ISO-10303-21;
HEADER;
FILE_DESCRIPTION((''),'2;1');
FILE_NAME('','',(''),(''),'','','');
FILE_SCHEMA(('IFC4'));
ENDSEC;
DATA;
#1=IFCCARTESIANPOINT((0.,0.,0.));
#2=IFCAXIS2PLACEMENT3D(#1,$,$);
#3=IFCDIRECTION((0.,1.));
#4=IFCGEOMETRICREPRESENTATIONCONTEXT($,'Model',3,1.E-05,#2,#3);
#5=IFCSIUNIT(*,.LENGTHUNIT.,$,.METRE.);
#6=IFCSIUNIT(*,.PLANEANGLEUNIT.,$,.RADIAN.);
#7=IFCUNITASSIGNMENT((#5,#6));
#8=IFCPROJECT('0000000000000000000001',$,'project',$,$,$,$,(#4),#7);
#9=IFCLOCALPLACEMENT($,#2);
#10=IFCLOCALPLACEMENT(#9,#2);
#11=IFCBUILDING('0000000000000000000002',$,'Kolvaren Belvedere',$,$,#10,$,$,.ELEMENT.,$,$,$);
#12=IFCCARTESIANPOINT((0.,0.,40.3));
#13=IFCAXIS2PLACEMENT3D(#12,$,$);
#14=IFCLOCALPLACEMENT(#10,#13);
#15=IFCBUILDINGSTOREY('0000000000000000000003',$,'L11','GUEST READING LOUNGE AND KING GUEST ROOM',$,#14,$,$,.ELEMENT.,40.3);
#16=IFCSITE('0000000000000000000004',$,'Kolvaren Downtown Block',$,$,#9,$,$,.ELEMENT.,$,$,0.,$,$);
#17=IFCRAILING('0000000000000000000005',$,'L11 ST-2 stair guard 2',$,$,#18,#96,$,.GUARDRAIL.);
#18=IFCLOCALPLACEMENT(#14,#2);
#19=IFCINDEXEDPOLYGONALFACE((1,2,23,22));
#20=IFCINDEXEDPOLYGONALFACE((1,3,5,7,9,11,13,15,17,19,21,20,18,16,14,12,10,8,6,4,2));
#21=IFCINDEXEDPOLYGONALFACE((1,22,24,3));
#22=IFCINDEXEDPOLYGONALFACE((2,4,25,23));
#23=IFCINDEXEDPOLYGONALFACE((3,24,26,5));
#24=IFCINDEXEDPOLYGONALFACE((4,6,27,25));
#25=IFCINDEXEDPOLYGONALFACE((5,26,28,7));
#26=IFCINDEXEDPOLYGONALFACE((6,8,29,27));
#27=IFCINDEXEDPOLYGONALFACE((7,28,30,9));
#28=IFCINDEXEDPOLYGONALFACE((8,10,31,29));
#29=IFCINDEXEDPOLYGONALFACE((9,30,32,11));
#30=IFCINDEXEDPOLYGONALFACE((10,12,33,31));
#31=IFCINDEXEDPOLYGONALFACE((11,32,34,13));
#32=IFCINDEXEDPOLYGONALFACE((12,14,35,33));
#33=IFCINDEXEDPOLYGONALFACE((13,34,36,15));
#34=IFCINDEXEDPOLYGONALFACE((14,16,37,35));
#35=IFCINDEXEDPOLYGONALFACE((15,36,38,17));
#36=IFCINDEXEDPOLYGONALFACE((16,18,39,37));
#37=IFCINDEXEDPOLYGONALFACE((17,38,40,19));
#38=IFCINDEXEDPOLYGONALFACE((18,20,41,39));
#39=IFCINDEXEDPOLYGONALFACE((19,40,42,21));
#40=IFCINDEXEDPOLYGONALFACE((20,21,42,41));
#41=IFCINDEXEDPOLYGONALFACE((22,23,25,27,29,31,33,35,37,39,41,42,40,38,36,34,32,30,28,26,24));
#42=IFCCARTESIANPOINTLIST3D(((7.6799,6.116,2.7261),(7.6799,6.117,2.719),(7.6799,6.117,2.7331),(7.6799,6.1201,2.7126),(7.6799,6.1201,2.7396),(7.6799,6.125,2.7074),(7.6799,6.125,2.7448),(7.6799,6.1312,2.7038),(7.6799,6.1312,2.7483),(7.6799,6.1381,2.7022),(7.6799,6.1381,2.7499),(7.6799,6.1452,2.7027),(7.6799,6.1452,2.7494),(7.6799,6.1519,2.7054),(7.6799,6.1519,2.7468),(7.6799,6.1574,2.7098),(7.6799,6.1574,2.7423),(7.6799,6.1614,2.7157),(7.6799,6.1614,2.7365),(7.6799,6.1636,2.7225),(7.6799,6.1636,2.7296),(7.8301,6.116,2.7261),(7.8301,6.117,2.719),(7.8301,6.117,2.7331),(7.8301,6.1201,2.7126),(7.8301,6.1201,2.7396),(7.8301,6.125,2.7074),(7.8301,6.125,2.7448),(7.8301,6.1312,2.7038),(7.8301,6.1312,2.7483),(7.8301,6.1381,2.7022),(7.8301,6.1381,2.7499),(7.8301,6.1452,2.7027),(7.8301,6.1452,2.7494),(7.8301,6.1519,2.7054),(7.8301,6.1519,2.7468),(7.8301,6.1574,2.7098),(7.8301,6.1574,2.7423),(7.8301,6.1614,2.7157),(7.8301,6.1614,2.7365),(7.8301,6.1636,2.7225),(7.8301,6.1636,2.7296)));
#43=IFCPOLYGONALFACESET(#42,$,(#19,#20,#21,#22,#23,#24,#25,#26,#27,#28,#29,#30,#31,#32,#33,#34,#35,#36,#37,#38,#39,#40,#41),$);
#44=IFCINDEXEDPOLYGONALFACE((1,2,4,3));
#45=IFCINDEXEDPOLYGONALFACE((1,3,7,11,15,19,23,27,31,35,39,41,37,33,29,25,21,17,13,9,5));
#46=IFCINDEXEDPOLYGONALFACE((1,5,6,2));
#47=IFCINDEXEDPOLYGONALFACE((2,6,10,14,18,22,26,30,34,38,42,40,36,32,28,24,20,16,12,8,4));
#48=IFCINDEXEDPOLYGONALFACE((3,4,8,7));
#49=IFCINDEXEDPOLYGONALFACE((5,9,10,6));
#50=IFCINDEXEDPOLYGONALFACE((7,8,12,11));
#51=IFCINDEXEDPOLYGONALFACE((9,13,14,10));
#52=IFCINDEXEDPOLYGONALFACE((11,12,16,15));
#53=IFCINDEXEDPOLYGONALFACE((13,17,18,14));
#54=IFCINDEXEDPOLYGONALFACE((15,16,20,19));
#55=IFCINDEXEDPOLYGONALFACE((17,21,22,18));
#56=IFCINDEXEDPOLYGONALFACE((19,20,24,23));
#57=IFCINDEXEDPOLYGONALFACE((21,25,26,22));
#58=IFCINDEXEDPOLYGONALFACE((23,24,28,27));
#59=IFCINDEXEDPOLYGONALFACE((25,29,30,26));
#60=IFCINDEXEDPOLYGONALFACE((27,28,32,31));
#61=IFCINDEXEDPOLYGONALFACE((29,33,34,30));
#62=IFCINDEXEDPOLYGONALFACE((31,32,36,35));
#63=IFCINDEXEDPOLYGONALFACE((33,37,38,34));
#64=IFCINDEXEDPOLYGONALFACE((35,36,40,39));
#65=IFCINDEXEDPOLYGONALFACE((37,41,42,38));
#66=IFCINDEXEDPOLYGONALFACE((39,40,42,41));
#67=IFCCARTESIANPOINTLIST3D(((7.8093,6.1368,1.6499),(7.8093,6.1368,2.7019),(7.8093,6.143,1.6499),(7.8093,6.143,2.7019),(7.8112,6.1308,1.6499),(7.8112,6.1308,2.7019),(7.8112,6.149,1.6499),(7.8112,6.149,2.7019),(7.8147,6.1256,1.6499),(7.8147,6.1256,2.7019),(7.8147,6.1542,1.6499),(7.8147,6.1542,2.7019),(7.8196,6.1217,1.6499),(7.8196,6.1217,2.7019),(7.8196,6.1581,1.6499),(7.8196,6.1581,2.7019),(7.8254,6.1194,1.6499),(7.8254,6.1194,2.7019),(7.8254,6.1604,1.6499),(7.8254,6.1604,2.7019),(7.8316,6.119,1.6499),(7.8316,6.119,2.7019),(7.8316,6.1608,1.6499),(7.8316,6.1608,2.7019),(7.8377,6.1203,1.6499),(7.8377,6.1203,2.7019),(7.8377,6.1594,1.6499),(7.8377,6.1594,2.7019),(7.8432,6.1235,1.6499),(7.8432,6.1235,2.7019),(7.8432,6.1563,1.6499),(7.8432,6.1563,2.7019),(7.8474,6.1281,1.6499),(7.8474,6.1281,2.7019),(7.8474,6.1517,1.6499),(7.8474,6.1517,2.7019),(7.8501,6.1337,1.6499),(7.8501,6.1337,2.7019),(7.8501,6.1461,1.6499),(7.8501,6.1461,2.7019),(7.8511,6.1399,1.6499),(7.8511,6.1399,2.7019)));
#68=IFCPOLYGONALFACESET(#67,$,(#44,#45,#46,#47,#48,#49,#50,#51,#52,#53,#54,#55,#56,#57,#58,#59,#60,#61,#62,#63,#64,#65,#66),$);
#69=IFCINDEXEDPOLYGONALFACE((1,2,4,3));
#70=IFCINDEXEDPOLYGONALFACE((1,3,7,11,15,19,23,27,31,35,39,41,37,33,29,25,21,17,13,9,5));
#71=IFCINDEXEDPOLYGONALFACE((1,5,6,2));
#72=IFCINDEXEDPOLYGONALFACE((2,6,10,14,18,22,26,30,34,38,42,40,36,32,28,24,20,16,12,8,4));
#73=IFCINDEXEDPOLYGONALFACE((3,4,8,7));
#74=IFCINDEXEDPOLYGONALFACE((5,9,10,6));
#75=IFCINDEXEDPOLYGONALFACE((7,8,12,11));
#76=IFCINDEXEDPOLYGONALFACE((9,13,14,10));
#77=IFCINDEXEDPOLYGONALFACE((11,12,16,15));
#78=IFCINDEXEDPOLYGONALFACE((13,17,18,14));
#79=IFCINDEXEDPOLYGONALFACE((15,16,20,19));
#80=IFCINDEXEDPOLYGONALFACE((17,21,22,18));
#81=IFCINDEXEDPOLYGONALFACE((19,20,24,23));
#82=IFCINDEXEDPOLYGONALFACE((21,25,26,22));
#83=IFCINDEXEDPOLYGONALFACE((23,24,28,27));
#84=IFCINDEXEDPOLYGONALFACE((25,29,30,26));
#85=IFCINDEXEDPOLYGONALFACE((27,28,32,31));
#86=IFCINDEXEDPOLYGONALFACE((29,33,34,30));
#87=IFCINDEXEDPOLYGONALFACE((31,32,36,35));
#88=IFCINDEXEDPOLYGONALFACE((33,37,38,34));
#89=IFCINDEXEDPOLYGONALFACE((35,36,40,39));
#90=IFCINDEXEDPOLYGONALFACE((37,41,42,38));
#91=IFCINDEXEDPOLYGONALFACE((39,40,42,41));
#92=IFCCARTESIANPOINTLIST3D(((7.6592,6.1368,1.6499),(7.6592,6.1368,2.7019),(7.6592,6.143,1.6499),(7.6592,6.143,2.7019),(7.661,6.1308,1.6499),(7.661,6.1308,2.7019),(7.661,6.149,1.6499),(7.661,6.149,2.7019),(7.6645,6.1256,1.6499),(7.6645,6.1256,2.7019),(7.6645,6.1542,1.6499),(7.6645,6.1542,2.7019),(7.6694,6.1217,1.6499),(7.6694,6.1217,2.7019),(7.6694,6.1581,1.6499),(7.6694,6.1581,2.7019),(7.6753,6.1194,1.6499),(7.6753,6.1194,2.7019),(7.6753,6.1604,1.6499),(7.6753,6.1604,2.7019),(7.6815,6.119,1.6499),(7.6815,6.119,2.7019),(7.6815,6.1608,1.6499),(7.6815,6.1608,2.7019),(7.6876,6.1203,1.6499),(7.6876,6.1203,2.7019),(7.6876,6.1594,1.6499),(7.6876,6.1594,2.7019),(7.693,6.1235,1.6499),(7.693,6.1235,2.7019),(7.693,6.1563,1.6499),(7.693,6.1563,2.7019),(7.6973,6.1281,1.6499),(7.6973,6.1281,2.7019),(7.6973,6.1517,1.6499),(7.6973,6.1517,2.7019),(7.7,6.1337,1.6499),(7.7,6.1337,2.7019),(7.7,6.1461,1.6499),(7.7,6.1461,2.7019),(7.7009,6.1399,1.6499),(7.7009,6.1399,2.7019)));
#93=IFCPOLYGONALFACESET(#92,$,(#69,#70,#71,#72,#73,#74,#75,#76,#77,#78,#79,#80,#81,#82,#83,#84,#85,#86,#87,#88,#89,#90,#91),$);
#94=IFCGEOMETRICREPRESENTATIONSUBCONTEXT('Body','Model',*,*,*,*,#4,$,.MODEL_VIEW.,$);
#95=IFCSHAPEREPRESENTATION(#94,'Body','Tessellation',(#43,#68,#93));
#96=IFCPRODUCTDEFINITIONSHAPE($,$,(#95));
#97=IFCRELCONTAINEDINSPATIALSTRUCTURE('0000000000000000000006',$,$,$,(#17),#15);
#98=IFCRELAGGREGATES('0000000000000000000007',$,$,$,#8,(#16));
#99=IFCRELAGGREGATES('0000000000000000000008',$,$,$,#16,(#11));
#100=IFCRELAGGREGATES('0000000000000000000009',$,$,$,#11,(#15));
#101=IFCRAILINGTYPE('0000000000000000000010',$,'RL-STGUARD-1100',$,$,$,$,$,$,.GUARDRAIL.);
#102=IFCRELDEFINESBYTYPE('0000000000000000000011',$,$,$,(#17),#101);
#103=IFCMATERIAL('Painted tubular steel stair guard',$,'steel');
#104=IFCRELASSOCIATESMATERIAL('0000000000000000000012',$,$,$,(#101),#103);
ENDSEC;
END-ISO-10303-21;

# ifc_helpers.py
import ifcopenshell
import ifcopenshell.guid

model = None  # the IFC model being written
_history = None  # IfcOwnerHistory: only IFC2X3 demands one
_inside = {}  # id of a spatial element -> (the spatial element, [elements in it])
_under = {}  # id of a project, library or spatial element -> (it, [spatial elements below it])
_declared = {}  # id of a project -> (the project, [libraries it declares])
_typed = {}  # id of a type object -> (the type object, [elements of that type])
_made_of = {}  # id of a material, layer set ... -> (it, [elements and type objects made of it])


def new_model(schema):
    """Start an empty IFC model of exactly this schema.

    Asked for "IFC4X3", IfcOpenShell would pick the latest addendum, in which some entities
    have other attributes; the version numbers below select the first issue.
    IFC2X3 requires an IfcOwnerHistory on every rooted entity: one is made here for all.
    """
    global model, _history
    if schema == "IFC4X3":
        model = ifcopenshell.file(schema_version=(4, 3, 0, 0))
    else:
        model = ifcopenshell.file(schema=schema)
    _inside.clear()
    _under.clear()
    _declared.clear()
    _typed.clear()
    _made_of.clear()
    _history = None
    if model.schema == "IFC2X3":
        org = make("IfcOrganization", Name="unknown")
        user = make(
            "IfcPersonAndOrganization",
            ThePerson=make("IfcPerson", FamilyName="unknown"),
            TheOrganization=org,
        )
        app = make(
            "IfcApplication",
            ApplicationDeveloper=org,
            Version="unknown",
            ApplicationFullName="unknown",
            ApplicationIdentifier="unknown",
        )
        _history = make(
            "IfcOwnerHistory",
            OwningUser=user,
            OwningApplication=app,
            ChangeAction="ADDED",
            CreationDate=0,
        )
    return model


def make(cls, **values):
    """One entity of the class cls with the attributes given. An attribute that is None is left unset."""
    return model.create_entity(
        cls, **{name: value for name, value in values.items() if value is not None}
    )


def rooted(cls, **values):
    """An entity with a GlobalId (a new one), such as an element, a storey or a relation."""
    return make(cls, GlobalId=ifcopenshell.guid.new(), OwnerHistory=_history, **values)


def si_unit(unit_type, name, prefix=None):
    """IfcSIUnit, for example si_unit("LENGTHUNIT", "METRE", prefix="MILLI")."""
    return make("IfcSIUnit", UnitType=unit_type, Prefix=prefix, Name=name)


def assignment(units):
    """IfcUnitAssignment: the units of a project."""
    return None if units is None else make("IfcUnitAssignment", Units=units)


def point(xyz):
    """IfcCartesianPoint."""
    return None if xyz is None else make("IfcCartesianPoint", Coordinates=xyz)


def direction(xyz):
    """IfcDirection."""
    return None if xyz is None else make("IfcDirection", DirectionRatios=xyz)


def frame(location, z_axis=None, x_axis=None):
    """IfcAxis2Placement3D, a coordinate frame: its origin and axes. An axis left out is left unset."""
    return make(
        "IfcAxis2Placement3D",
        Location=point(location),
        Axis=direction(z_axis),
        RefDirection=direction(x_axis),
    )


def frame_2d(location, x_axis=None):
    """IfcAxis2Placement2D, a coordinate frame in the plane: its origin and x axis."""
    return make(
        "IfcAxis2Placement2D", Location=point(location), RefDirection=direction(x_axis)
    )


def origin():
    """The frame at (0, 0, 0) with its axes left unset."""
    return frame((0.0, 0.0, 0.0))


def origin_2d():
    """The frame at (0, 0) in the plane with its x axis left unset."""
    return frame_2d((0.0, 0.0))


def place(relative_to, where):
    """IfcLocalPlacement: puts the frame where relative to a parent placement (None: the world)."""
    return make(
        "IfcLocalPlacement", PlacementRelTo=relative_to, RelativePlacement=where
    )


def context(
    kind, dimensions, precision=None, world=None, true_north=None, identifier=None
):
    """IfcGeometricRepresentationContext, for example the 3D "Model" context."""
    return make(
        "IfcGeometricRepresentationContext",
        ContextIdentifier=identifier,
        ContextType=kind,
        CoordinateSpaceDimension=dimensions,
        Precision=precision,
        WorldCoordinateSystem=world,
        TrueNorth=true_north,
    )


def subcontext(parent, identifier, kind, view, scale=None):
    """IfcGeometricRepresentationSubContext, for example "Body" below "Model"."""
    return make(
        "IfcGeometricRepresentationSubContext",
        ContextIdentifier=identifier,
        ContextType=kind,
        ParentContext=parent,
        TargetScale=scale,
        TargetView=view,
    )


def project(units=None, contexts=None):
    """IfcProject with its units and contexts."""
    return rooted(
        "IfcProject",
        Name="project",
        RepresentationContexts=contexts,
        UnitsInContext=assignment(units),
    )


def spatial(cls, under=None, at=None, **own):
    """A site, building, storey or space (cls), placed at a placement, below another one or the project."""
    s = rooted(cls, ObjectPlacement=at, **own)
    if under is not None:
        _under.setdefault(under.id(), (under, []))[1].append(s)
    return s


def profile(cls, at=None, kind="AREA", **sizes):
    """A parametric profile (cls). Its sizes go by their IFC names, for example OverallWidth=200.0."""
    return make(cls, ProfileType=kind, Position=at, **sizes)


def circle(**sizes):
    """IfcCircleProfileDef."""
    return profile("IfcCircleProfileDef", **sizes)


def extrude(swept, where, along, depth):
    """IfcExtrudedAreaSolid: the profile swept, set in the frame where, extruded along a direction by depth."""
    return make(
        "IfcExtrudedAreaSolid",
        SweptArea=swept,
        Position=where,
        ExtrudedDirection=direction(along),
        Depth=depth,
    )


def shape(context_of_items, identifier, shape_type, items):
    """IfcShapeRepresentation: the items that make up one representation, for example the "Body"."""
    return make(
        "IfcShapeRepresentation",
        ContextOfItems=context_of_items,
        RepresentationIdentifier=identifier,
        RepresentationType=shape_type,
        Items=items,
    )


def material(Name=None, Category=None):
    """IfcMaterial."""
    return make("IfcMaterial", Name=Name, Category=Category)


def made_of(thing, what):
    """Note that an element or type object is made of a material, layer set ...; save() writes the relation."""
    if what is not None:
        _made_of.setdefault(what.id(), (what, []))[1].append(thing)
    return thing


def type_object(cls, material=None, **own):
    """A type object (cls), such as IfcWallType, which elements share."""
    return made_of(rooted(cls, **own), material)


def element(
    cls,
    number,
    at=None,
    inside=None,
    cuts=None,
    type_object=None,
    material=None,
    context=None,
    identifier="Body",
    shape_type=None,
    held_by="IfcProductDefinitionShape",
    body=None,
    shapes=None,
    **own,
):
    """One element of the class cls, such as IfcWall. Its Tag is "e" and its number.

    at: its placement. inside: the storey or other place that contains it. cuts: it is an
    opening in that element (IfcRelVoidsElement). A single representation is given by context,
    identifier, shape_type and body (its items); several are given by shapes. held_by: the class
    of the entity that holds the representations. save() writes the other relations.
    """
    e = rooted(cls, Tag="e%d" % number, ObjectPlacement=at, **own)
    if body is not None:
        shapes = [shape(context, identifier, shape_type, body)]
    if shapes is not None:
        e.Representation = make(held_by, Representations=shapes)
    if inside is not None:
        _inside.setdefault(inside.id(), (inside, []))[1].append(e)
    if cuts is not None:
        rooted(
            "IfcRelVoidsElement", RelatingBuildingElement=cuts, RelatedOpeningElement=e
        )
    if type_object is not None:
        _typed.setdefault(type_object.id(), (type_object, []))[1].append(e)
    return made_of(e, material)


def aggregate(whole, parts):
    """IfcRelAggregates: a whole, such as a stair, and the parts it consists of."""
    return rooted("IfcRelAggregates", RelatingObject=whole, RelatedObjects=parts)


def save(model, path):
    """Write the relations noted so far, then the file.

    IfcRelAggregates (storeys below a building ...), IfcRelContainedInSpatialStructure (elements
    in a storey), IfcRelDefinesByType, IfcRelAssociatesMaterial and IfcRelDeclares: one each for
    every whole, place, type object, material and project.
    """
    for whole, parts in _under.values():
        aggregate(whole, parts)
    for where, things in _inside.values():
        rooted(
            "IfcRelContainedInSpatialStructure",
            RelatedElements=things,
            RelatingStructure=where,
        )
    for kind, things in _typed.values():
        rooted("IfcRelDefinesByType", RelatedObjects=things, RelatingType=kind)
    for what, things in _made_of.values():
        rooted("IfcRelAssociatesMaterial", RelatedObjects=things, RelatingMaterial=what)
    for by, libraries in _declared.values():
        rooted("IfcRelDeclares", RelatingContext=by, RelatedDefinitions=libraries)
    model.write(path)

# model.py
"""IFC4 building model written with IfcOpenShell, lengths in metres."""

from ifc_helpers import new_model, si_unit, direction, frame, origin, origin_2d, place, context, subcontext, project, spatial, circle, extrude, material, type_object, element, save


model = new_model("IFC4")

# Units and contexts
model_context = context("Model", 3, precision=1e-05, world=origin(), true_north=direction((0.0, 1.0)))
body_context = subcontext(model_context, "Body", "Model", "MODEL_VIEW")
ifc_project = project(units=[si_unit("LENGTHUNIT", "METRE"), si_unit("PLANEANGLEUNIT", "RADIAN")], contexts=[model_context])

# Site, building, storey
site_placement = place(None, origin())
site = spatial("IfcSite", under=ifc_project, at=site_placement, Name="Kolvaren Downtown Block", CompositionType="ELEMENT", RefElevation=0.0)
building_placement = place(site_placement, origin())
building = spatial("IfcBuilding", under=site, at=building_placement, Name="Kolvaren Belvedere", CompositionType="ELEMENT")
storey_placement = place(building_placement, frame((0.0, 0.0, 40.3)))
storey = spatial("IfcBuildingStorey", under=building, at=storey_placement, Name="L11", Description="GUEST READING LOUNGE AND KING GUEST ROOM", CompositionType="ELEMENT", Elevation=40.3)

# Railing
ifc_material_1 = material(Name="Painted tubular steel stair guard", Category="steel")
railing_type_1 = type_object("IfcRailingType", Name="RL-STGUARD-1100", PredefinedType="GUARDRAIL", material=ifc_material_1)
railing_1_placement = place(storey_placement, frame((7.8301, 6.1399, 1.6499)))
element("IfcRailing", 1, at=railing_1_placement, inside=storey, type_object=railing_type_1, Name="L11 ST-2 stair guard 2", PredefinedType="GUARDRAIL", context=body_context, shape_type="SweptSolid", body=[
    extrude(circle(Radius=0.0239, at=origin_2d()), frame((0.0, 0.0, 1.0762), z_axis=(-1.0, 0.0, 0.0), x_axis=(0.0, -1.0, 0.0)), (0.0, 0.0, 1.0), 0.1501),
    extrude(circle(Radius=0.021, at=origin_2d()), origin(), (0.0, 0.0, 1.0), 1.052),
    extrude(circle(Radius=0.021, at=origin_2d()), frame((-0.1501, 0.0, 0.0)), (0.0, 0.0, 1.0), 1.052),
])

save(model, "model.ifc")
